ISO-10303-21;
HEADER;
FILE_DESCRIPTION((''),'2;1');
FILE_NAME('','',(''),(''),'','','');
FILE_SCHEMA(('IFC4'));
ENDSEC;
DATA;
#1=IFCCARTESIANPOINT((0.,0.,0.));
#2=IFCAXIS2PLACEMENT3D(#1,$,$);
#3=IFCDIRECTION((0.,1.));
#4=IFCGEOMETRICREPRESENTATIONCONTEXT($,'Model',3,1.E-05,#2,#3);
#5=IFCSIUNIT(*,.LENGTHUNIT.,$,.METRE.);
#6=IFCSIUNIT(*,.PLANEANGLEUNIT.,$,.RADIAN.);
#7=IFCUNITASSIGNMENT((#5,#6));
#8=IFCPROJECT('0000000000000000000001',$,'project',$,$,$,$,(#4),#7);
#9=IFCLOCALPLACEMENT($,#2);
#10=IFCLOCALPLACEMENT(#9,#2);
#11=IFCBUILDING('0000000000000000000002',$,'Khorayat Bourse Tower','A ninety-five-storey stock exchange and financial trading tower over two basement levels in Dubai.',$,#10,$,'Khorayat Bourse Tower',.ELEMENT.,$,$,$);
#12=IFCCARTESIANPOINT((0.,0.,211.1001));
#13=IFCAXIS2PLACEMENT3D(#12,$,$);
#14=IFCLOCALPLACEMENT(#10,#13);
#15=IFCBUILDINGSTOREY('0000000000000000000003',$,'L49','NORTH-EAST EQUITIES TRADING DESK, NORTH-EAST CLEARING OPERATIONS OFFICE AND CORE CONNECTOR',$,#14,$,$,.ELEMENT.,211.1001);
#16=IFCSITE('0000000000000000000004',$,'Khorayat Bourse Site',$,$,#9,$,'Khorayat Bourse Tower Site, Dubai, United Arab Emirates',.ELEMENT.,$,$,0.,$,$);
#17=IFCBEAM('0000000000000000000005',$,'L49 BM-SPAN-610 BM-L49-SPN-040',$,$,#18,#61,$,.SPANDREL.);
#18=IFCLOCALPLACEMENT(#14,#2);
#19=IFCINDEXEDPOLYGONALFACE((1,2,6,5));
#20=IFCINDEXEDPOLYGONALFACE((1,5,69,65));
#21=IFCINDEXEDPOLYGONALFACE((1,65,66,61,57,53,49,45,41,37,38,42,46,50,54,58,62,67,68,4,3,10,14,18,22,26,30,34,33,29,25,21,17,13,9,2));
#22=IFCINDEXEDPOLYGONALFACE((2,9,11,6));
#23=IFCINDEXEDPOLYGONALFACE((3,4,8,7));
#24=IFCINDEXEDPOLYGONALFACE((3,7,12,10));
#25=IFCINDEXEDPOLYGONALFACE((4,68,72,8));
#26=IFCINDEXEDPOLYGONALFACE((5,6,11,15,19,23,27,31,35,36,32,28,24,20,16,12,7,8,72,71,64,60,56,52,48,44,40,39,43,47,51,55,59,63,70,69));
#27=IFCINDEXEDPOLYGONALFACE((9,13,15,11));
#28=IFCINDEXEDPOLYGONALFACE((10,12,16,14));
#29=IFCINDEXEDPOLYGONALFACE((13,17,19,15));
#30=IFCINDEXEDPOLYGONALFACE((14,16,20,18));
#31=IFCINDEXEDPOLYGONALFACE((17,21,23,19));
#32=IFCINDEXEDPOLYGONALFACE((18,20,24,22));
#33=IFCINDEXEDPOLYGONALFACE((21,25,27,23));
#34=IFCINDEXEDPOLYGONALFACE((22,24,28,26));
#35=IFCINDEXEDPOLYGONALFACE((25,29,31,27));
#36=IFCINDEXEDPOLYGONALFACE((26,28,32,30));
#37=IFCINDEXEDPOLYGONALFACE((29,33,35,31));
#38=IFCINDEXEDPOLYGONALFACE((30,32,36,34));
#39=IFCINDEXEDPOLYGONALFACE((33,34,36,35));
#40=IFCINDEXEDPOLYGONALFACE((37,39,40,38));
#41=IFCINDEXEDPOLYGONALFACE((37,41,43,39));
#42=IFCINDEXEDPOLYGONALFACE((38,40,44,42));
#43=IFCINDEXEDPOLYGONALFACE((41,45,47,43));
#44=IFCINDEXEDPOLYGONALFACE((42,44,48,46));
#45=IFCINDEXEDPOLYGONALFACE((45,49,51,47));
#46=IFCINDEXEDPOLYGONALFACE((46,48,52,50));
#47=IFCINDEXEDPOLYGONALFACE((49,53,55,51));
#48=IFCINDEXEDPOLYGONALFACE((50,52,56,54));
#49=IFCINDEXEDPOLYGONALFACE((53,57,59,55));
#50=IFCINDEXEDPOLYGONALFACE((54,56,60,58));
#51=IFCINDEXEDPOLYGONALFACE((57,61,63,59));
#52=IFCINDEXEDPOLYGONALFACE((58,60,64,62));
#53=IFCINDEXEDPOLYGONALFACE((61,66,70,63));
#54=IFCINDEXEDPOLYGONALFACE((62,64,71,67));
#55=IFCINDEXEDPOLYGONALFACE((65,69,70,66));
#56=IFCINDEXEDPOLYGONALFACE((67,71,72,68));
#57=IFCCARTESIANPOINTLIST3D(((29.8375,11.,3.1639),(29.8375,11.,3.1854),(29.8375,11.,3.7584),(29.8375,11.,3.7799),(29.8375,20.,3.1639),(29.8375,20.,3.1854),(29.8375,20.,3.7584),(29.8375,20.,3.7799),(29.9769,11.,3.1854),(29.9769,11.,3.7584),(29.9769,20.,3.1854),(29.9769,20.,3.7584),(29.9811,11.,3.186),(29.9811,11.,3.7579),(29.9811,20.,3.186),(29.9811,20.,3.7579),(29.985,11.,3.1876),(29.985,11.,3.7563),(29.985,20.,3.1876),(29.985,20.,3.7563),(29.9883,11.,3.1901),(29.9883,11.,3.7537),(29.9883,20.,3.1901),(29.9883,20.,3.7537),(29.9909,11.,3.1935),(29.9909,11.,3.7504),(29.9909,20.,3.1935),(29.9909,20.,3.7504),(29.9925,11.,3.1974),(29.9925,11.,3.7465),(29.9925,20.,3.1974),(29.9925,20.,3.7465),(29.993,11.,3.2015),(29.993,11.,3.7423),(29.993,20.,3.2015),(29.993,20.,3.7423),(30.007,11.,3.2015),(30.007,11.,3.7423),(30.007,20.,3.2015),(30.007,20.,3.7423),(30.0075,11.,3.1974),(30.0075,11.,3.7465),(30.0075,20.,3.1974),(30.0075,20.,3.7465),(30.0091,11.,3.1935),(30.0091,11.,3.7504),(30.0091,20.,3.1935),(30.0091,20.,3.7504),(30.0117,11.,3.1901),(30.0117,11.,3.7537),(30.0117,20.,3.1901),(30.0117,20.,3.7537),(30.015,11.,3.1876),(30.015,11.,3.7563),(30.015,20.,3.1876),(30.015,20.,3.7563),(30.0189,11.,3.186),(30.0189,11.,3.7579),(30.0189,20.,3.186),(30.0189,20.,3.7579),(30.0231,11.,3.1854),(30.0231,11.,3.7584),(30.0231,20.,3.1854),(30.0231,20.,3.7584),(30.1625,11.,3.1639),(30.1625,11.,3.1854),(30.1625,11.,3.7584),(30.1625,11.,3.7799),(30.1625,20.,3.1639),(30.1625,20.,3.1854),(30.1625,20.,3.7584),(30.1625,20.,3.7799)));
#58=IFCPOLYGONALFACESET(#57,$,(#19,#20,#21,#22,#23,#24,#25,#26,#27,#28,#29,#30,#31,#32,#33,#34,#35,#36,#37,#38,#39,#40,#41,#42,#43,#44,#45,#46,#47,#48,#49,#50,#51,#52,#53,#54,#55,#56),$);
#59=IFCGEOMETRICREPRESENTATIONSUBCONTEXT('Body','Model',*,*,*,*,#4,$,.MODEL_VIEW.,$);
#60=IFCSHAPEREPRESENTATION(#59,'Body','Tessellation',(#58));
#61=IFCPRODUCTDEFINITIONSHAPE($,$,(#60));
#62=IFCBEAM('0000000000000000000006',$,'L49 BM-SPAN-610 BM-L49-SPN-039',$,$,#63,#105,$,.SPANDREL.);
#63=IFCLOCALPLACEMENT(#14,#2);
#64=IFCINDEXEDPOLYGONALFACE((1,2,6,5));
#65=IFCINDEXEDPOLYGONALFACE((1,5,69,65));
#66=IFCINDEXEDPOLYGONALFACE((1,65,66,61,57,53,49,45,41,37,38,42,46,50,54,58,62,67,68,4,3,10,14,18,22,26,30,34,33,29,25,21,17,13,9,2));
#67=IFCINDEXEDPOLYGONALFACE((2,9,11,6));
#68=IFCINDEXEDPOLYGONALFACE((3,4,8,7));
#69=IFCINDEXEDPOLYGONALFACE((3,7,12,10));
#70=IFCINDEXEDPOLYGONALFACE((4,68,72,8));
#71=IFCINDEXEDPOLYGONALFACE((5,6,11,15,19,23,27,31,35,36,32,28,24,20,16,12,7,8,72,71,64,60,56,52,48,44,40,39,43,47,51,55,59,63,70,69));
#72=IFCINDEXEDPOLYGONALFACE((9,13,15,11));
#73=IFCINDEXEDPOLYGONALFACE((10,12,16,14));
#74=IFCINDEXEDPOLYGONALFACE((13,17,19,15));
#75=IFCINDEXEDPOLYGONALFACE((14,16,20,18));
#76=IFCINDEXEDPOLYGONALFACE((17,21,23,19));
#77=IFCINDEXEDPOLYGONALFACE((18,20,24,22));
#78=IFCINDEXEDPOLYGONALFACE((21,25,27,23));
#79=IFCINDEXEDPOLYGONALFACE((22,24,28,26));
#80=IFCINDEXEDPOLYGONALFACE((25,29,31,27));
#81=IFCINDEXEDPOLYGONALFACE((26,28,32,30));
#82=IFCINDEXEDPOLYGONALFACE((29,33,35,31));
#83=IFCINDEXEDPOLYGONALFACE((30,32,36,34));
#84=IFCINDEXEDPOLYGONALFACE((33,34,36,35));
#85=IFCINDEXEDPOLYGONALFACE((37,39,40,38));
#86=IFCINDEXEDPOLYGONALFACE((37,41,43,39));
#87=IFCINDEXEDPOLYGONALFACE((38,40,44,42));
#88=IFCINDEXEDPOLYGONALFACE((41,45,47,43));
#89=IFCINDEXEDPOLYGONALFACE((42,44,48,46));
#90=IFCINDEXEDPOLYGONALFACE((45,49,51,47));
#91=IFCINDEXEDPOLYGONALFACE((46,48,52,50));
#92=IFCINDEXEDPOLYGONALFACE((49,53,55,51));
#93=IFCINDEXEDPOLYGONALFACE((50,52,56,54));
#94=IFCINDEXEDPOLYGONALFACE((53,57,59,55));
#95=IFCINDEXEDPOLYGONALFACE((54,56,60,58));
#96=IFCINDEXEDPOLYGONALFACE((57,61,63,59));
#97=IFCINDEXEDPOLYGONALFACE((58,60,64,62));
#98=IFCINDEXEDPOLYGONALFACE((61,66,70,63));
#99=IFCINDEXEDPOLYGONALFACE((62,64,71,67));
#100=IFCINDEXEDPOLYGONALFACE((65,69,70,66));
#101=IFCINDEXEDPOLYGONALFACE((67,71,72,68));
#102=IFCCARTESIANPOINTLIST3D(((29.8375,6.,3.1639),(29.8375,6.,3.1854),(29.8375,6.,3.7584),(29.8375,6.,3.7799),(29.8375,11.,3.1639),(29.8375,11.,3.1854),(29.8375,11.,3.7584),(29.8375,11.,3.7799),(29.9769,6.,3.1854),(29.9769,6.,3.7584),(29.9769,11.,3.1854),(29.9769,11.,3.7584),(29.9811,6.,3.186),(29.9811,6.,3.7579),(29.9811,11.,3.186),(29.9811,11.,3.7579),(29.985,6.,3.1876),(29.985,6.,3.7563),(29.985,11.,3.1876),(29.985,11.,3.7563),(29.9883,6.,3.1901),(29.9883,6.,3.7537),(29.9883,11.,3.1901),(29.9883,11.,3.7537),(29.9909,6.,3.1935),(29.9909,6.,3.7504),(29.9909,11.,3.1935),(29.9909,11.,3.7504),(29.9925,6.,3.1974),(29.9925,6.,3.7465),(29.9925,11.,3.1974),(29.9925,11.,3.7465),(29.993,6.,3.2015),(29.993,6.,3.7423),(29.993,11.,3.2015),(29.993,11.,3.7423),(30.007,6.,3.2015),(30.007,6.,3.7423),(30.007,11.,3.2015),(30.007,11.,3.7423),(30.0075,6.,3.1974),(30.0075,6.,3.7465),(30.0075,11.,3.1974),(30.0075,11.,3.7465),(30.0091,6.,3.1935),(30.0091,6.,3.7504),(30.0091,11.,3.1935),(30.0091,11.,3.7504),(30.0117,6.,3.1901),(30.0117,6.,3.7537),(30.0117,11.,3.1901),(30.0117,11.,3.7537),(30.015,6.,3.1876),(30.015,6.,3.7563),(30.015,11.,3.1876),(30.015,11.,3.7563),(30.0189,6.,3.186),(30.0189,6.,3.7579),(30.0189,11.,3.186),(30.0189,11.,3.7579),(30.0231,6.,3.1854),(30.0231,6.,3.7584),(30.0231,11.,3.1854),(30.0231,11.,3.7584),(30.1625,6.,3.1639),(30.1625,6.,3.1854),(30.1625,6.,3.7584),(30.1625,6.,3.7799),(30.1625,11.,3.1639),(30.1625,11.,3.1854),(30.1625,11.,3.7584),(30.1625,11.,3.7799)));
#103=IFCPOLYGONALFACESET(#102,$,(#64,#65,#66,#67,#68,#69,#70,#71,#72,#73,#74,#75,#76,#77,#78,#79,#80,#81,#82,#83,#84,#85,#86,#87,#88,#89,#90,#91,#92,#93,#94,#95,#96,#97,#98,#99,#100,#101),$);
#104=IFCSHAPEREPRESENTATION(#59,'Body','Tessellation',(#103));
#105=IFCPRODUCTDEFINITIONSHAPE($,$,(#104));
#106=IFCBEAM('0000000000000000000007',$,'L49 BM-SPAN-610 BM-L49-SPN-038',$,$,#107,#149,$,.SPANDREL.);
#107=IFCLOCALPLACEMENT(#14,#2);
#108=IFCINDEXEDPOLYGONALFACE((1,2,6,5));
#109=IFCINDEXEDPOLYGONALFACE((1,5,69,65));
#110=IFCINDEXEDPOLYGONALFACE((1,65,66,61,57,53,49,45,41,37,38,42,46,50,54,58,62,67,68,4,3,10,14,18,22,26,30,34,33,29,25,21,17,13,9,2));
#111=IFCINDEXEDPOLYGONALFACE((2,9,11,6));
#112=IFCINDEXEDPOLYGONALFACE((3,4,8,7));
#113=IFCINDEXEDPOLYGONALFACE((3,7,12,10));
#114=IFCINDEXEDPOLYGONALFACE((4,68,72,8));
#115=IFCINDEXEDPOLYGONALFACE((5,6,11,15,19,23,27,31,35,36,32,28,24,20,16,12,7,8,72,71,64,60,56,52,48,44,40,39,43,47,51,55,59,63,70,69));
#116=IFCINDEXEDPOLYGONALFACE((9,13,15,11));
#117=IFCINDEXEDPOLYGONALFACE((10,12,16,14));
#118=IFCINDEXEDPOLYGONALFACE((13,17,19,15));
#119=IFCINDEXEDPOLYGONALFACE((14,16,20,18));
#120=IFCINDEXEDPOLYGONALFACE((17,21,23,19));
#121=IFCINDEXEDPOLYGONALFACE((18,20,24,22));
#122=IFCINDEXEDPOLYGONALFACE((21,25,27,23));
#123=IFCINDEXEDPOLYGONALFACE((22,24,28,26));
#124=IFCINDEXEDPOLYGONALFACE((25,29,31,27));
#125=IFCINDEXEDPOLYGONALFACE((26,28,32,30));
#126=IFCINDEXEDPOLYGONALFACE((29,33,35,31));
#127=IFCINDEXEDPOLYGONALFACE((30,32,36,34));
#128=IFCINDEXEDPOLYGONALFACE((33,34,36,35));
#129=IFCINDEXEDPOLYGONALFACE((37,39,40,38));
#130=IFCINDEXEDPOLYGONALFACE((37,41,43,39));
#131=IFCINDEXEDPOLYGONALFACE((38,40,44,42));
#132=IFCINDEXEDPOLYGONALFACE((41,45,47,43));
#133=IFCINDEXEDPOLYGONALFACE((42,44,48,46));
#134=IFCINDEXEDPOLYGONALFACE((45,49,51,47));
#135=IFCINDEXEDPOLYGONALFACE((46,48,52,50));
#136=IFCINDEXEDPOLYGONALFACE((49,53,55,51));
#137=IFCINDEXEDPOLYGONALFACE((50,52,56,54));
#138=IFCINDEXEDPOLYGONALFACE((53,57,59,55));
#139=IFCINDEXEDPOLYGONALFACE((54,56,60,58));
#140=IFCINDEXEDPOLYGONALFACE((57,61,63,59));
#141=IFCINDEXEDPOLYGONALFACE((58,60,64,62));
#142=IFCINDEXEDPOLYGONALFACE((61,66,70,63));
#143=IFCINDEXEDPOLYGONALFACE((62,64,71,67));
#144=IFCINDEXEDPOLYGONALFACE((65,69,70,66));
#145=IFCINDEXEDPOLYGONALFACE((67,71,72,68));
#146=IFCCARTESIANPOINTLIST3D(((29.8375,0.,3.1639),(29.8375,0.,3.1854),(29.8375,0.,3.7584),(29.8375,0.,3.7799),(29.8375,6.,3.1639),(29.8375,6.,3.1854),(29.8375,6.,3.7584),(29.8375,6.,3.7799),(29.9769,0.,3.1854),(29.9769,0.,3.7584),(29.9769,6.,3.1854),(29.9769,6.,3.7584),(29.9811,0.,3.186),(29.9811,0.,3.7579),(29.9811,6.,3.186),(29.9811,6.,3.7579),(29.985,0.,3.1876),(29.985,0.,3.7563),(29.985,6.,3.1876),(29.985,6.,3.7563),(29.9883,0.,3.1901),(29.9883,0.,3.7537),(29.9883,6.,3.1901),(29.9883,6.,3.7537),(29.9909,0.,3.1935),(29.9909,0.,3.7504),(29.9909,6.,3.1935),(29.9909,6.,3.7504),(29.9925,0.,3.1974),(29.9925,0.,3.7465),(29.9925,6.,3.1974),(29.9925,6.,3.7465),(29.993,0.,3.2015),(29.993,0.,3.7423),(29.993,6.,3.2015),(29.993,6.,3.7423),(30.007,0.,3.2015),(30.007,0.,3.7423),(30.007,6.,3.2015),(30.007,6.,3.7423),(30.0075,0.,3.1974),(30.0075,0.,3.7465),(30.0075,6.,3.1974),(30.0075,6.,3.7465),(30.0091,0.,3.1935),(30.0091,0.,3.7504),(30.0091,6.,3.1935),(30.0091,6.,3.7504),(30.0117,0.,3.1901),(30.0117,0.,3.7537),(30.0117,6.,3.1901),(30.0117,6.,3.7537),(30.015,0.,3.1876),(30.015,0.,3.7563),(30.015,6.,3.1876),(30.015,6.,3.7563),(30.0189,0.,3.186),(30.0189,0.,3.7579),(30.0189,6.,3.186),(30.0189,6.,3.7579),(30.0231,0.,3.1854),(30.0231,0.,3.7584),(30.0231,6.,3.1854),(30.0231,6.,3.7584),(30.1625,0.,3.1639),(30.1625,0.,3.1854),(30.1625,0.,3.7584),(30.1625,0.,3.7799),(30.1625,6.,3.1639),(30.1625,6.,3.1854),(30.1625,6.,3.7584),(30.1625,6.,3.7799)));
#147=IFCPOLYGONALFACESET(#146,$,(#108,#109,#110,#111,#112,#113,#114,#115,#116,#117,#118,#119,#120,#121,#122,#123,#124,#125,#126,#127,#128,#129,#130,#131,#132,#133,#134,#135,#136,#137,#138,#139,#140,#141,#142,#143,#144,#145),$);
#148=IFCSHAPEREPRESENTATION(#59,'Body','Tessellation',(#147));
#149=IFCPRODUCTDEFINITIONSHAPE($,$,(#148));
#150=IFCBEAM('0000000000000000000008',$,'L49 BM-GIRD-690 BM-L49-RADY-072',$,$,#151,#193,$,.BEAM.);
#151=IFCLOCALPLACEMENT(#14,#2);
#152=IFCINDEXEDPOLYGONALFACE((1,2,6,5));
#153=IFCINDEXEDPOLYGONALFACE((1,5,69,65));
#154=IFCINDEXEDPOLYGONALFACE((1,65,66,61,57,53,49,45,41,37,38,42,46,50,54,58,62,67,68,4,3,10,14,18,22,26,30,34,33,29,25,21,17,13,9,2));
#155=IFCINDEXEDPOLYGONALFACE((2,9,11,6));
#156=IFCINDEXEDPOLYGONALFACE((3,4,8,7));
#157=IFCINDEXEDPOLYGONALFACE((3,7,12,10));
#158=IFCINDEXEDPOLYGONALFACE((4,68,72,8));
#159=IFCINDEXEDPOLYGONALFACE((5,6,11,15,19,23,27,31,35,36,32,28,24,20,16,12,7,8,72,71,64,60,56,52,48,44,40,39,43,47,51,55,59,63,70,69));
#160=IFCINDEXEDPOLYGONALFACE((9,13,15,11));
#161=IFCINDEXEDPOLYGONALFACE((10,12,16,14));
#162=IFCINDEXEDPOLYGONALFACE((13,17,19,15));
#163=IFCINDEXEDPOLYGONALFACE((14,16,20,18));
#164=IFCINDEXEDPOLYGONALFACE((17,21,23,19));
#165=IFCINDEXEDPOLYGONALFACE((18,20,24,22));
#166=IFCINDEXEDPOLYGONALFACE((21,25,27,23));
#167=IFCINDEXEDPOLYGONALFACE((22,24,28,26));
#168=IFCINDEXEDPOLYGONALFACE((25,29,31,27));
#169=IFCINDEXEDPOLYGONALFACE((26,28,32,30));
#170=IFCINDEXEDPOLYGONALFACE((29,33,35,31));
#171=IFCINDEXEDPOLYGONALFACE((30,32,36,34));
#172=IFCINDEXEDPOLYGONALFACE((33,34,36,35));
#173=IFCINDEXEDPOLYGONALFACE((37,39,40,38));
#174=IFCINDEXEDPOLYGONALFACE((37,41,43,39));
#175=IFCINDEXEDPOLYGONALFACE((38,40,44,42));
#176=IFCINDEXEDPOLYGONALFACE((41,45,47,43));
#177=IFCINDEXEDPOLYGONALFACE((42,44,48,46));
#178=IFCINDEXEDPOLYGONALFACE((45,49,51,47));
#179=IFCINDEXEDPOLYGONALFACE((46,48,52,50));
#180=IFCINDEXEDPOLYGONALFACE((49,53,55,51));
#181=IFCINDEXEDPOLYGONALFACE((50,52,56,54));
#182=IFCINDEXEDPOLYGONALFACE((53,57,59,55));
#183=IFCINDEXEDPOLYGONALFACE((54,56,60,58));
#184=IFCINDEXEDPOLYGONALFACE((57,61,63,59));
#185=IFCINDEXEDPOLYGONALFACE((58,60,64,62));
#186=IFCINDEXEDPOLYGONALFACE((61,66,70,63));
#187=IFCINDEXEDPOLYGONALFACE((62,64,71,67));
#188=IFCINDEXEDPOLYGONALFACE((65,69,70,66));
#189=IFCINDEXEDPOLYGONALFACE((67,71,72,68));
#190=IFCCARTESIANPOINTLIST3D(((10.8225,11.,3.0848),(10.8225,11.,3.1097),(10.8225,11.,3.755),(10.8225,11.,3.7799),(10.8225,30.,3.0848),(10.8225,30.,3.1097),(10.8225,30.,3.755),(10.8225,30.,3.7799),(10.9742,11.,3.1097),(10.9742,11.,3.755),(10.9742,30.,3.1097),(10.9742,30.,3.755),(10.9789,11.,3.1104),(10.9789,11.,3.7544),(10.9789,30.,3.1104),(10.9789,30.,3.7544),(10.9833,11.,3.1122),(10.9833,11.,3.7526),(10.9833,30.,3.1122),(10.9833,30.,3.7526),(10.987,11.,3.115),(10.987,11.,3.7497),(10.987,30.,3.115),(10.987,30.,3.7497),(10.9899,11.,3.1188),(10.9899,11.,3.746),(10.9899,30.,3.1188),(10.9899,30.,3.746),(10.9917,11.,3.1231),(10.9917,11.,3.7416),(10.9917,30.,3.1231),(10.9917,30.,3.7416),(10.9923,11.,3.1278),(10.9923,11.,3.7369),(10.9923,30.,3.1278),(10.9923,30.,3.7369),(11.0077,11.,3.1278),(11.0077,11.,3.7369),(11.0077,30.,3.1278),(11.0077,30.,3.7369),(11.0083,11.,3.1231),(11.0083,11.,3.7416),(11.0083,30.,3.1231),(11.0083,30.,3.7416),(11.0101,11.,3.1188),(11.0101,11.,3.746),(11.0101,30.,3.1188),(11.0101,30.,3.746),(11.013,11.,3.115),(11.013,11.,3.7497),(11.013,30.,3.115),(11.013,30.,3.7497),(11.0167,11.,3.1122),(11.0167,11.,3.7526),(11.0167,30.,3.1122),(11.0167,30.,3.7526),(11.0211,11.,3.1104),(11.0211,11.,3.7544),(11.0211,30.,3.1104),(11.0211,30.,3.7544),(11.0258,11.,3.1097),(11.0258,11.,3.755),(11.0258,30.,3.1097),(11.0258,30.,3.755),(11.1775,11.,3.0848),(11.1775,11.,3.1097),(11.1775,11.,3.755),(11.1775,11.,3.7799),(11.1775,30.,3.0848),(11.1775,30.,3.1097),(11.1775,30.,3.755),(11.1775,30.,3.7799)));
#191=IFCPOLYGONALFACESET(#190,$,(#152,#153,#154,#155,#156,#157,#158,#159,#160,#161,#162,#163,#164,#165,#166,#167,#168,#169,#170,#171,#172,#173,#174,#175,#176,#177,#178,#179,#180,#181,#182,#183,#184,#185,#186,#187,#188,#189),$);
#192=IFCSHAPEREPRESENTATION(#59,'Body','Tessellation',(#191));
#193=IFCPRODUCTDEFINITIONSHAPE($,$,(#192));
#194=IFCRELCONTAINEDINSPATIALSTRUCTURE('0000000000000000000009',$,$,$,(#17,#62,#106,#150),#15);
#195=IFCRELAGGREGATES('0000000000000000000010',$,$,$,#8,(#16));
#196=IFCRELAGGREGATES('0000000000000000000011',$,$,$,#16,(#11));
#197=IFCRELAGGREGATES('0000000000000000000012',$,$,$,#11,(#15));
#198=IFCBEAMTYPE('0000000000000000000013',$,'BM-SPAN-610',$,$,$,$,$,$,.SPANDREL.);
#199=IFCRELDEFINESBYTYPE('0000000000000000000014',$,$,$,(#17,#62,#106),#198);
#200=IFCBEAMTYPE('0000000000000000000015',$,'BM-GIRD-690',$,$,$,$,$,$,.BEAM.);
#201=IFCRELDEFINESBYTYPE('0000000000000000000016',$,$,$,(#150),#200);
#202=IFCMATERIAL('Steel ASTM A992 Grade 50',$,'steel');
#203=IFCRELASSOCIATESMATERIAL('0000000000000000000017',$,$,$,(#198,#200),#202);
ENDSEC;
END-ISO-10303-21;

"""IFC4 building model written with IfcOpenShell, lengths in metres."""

from ifc_helpers import new_model, si_unit, direction, frame, origin, origin_2d, place, context, subcontext, project, spatial, i_section, extrude, source, transform, mapped, material, material_profile, profile_set, type_object, element, save


model = new_model("IFC4")

# Units and contexts
model_context = context("Model", 3, precision=1e-05, world=origin(), true_north=direction((0.0, 1.0)))
body_context = subcontext(model_context, "Body", "Model", "MODEL_VIEW")
ifc_project = project(units=[si_unit("LENGTHUNIT", "METRE"), si_unit("PLANEANGLEUNIT", "RADIAN")], contexts=[model_context])

# Site, building, storey
site_placement = place(None, origin())
site = spatial("IfcSite", under=ifc_project, at=site_placement, Name="Khorayat Bourse Site", LongName="Khorayat Bourse Tower Site, Dubai, United Arab Emirates", CompositionType="ELEMENT", RefElevation=0.0)
building_placement = place(site_placement, origin())
building = spatial("IfcBuilding", under=site, at=building_placement, Name="Khorayat Bourse Tower", Description="A ninety-five-storey stock exchange and financial trading tower over two basement levels in Dubai.", LongName="Khorayat Bourse Tower", CompositionType="ELEMENT")
storey_placement = place(building_placement, frame((0.0, 0.0, 211.1001)))
storey = spatial("IfcBuildingStorey", under=building, at=storey_placement, Name="L49", Description="NORTH-EAST EQUITIES TRADING DESK, NORTH-EAST CLEARING OPERATIONS OFFICE AND CORE CONNECTOR", CompositionType="ELEMENT", Elevation=211.1001)

# Beams
ifc_material_1 = material(Name="Steel ASTM A992 Grade 50", Category="steel")
ifc_material_profile_1 = material_profile(ifc_material_1, i_section(OverallWidth=0.325, OverallDepth=0.616, WebThickness=0.0139, FlangeThickness=0.0215, FilletRadius=0.0161, at=origin_2d()), Name="W610X174")
ifc_profile_set_1 = profile_set([ifc_material_profile_1], Name="Steel ASTM A992 Grade 50")
beam_type_1 = type_object("IfcBeamType", Name="BM-SPAN-610", PredefinedType="SPANDREL", material=ifc_profile_set_1)
shared_shape_1 = source(origin(), body_context, "Body", "SweptSolid", [
    extrude(i_section(OverallWidth=0.325, OverallDepth=0.616, WebThickness=0.0139, FlangeThickness=0.0215, FilletRadius=0.0161, at=origin_2d()), origin(), (0.0, 0.0, 1.0), 9.0),
])
beam_1_placement = place(storey_placement, frame((30.0, 11.0, 3.4719), z_axis=(0.0, 1.0, 0.0), x_axis=(-1.0, 0.0, 0.0)))
element("IfcBeam", 1, at=beam_1_placement, inside=storey, type_object=beam_type_1, Name="L49 BM-SPAN-610 BM-L49-SPN-040", PredefinedType="SPANDREL", context=body_context, shape_type="MappedRepresentation", body=[
    mapped(shared_shape_1, transform((0.0, 0.0, 0.0), scale=1.0)),
])
shared_shape_2 = source(origin(), body_context, "Body", "SweptSolid", [
    extrude(i_section(OverallWidth=0.325, OverallDepth=0.616, WebThickness=0.0139, FlangeThickness=0.0215, FilletRadius=0.0161, at=origin_2d()), origin(), (0.0, 0.0, 1.0), 5.0),
])
beam_2_placement = place(storey_placement, frame((30.0, 6.0, 3.4719), z_axis=(0.0, 1.0, 0.0), x_axis=(-1.0, 0.0, 0.0)))
element("IfcBeam", 2, at=beam_2_placement, inside=storey, type_object=beam_type_1, Name="L49 BM-SPAN-610 BM-L49-SPN-039", PredefinedType="SPANDREL", context=body_context, shape_type="MappedRepresentation", body=[
    mapped(shared_shape_2, transform((0.0, 0.0, 0.0), scale=1.0)),
])
shared_shape_3 = source(origin(), body_context, "Body", "SweptSolid", [
    extrude(i_section(OverallWidth=0.325, OverallDepth=0.616, WebThickness=0.0139, FlangeThickness=0.0215, FilletRadius=0.0161, at=origin_2d()), origin(), (0.0, 0.0, 1.0), 6.0),
])
beam_3_placement = place(storey_placement, frame((30.0, 0.0, 3.4719), z_axis=(0.0, 1.0, 0.0), x_axis=(-1.0, 0.0, 0.0)))
element("IfcBeam", 3, at=beam_3_placement, inside=storey, type_object=beam_type_1, Name="L49 BM-SPAN-610 BM-L49-SPN-038", PredefinedType="SPANDREL", context=body_context, shape_type="MappedRepresentation", body=[
    mapped(shared_shape_3, transform((0.0, 0.0, 0.0), scale=1.0)),
])
ifc_material_profile_2 = material_profile(ifc_material_1, i_section(OverallWidth=0.355, OverallDepth=0.6951, WebThickness=0.0154, FlangeThickness=0.0249, FilletRadius=0.0181, at=origin_2d()), Name="W690X217")
ifc_profile_set_2 = profile_set([ifc_material_profile_2], Name="Steel ASTM A992 Grade 50")
beam_type_2 = type_object("IfcBeamType", Name="BM-GIRD-690", PredefinedType="BEAM", material=ifc_profile_set_2)
shared_shape_4 = source(origin(), body_context, "Body", "SweptSolid", [
    extrude(i_section(OverallWidth=0.355, OverallDepth=0.6951, WebThickness=0.0154, FlangeThickness=0.0249, FilletRadius=0.0181, at=origin_2d()), origin(), (0.0, 0.0, 1.0), 19.0),
])
for number, where, z_axis, x_axis, name in (
    (4, (11.0, 11.0, 3.4324), (0.0, 1.0, 0.0), (-1.0, 0.0, 0.0), "L49 BM-GIRD-690 BM-L49-RADY-072"),
):
    element("IfcBeam", number, at=place(storey_placement, frame(where, z_axis=z_axis, x_axis=x_axis)), inside=storey, type_object=beam_type_2, Name=name, PredefinedType="BEAM", context=body_context, shape_type="MappedRepresentation", body=[
        mapped(shared_shape_4, transform((0.0, 0.0, 0.0), scale=1.0)),
    ])

save(model, "model.ifc")
